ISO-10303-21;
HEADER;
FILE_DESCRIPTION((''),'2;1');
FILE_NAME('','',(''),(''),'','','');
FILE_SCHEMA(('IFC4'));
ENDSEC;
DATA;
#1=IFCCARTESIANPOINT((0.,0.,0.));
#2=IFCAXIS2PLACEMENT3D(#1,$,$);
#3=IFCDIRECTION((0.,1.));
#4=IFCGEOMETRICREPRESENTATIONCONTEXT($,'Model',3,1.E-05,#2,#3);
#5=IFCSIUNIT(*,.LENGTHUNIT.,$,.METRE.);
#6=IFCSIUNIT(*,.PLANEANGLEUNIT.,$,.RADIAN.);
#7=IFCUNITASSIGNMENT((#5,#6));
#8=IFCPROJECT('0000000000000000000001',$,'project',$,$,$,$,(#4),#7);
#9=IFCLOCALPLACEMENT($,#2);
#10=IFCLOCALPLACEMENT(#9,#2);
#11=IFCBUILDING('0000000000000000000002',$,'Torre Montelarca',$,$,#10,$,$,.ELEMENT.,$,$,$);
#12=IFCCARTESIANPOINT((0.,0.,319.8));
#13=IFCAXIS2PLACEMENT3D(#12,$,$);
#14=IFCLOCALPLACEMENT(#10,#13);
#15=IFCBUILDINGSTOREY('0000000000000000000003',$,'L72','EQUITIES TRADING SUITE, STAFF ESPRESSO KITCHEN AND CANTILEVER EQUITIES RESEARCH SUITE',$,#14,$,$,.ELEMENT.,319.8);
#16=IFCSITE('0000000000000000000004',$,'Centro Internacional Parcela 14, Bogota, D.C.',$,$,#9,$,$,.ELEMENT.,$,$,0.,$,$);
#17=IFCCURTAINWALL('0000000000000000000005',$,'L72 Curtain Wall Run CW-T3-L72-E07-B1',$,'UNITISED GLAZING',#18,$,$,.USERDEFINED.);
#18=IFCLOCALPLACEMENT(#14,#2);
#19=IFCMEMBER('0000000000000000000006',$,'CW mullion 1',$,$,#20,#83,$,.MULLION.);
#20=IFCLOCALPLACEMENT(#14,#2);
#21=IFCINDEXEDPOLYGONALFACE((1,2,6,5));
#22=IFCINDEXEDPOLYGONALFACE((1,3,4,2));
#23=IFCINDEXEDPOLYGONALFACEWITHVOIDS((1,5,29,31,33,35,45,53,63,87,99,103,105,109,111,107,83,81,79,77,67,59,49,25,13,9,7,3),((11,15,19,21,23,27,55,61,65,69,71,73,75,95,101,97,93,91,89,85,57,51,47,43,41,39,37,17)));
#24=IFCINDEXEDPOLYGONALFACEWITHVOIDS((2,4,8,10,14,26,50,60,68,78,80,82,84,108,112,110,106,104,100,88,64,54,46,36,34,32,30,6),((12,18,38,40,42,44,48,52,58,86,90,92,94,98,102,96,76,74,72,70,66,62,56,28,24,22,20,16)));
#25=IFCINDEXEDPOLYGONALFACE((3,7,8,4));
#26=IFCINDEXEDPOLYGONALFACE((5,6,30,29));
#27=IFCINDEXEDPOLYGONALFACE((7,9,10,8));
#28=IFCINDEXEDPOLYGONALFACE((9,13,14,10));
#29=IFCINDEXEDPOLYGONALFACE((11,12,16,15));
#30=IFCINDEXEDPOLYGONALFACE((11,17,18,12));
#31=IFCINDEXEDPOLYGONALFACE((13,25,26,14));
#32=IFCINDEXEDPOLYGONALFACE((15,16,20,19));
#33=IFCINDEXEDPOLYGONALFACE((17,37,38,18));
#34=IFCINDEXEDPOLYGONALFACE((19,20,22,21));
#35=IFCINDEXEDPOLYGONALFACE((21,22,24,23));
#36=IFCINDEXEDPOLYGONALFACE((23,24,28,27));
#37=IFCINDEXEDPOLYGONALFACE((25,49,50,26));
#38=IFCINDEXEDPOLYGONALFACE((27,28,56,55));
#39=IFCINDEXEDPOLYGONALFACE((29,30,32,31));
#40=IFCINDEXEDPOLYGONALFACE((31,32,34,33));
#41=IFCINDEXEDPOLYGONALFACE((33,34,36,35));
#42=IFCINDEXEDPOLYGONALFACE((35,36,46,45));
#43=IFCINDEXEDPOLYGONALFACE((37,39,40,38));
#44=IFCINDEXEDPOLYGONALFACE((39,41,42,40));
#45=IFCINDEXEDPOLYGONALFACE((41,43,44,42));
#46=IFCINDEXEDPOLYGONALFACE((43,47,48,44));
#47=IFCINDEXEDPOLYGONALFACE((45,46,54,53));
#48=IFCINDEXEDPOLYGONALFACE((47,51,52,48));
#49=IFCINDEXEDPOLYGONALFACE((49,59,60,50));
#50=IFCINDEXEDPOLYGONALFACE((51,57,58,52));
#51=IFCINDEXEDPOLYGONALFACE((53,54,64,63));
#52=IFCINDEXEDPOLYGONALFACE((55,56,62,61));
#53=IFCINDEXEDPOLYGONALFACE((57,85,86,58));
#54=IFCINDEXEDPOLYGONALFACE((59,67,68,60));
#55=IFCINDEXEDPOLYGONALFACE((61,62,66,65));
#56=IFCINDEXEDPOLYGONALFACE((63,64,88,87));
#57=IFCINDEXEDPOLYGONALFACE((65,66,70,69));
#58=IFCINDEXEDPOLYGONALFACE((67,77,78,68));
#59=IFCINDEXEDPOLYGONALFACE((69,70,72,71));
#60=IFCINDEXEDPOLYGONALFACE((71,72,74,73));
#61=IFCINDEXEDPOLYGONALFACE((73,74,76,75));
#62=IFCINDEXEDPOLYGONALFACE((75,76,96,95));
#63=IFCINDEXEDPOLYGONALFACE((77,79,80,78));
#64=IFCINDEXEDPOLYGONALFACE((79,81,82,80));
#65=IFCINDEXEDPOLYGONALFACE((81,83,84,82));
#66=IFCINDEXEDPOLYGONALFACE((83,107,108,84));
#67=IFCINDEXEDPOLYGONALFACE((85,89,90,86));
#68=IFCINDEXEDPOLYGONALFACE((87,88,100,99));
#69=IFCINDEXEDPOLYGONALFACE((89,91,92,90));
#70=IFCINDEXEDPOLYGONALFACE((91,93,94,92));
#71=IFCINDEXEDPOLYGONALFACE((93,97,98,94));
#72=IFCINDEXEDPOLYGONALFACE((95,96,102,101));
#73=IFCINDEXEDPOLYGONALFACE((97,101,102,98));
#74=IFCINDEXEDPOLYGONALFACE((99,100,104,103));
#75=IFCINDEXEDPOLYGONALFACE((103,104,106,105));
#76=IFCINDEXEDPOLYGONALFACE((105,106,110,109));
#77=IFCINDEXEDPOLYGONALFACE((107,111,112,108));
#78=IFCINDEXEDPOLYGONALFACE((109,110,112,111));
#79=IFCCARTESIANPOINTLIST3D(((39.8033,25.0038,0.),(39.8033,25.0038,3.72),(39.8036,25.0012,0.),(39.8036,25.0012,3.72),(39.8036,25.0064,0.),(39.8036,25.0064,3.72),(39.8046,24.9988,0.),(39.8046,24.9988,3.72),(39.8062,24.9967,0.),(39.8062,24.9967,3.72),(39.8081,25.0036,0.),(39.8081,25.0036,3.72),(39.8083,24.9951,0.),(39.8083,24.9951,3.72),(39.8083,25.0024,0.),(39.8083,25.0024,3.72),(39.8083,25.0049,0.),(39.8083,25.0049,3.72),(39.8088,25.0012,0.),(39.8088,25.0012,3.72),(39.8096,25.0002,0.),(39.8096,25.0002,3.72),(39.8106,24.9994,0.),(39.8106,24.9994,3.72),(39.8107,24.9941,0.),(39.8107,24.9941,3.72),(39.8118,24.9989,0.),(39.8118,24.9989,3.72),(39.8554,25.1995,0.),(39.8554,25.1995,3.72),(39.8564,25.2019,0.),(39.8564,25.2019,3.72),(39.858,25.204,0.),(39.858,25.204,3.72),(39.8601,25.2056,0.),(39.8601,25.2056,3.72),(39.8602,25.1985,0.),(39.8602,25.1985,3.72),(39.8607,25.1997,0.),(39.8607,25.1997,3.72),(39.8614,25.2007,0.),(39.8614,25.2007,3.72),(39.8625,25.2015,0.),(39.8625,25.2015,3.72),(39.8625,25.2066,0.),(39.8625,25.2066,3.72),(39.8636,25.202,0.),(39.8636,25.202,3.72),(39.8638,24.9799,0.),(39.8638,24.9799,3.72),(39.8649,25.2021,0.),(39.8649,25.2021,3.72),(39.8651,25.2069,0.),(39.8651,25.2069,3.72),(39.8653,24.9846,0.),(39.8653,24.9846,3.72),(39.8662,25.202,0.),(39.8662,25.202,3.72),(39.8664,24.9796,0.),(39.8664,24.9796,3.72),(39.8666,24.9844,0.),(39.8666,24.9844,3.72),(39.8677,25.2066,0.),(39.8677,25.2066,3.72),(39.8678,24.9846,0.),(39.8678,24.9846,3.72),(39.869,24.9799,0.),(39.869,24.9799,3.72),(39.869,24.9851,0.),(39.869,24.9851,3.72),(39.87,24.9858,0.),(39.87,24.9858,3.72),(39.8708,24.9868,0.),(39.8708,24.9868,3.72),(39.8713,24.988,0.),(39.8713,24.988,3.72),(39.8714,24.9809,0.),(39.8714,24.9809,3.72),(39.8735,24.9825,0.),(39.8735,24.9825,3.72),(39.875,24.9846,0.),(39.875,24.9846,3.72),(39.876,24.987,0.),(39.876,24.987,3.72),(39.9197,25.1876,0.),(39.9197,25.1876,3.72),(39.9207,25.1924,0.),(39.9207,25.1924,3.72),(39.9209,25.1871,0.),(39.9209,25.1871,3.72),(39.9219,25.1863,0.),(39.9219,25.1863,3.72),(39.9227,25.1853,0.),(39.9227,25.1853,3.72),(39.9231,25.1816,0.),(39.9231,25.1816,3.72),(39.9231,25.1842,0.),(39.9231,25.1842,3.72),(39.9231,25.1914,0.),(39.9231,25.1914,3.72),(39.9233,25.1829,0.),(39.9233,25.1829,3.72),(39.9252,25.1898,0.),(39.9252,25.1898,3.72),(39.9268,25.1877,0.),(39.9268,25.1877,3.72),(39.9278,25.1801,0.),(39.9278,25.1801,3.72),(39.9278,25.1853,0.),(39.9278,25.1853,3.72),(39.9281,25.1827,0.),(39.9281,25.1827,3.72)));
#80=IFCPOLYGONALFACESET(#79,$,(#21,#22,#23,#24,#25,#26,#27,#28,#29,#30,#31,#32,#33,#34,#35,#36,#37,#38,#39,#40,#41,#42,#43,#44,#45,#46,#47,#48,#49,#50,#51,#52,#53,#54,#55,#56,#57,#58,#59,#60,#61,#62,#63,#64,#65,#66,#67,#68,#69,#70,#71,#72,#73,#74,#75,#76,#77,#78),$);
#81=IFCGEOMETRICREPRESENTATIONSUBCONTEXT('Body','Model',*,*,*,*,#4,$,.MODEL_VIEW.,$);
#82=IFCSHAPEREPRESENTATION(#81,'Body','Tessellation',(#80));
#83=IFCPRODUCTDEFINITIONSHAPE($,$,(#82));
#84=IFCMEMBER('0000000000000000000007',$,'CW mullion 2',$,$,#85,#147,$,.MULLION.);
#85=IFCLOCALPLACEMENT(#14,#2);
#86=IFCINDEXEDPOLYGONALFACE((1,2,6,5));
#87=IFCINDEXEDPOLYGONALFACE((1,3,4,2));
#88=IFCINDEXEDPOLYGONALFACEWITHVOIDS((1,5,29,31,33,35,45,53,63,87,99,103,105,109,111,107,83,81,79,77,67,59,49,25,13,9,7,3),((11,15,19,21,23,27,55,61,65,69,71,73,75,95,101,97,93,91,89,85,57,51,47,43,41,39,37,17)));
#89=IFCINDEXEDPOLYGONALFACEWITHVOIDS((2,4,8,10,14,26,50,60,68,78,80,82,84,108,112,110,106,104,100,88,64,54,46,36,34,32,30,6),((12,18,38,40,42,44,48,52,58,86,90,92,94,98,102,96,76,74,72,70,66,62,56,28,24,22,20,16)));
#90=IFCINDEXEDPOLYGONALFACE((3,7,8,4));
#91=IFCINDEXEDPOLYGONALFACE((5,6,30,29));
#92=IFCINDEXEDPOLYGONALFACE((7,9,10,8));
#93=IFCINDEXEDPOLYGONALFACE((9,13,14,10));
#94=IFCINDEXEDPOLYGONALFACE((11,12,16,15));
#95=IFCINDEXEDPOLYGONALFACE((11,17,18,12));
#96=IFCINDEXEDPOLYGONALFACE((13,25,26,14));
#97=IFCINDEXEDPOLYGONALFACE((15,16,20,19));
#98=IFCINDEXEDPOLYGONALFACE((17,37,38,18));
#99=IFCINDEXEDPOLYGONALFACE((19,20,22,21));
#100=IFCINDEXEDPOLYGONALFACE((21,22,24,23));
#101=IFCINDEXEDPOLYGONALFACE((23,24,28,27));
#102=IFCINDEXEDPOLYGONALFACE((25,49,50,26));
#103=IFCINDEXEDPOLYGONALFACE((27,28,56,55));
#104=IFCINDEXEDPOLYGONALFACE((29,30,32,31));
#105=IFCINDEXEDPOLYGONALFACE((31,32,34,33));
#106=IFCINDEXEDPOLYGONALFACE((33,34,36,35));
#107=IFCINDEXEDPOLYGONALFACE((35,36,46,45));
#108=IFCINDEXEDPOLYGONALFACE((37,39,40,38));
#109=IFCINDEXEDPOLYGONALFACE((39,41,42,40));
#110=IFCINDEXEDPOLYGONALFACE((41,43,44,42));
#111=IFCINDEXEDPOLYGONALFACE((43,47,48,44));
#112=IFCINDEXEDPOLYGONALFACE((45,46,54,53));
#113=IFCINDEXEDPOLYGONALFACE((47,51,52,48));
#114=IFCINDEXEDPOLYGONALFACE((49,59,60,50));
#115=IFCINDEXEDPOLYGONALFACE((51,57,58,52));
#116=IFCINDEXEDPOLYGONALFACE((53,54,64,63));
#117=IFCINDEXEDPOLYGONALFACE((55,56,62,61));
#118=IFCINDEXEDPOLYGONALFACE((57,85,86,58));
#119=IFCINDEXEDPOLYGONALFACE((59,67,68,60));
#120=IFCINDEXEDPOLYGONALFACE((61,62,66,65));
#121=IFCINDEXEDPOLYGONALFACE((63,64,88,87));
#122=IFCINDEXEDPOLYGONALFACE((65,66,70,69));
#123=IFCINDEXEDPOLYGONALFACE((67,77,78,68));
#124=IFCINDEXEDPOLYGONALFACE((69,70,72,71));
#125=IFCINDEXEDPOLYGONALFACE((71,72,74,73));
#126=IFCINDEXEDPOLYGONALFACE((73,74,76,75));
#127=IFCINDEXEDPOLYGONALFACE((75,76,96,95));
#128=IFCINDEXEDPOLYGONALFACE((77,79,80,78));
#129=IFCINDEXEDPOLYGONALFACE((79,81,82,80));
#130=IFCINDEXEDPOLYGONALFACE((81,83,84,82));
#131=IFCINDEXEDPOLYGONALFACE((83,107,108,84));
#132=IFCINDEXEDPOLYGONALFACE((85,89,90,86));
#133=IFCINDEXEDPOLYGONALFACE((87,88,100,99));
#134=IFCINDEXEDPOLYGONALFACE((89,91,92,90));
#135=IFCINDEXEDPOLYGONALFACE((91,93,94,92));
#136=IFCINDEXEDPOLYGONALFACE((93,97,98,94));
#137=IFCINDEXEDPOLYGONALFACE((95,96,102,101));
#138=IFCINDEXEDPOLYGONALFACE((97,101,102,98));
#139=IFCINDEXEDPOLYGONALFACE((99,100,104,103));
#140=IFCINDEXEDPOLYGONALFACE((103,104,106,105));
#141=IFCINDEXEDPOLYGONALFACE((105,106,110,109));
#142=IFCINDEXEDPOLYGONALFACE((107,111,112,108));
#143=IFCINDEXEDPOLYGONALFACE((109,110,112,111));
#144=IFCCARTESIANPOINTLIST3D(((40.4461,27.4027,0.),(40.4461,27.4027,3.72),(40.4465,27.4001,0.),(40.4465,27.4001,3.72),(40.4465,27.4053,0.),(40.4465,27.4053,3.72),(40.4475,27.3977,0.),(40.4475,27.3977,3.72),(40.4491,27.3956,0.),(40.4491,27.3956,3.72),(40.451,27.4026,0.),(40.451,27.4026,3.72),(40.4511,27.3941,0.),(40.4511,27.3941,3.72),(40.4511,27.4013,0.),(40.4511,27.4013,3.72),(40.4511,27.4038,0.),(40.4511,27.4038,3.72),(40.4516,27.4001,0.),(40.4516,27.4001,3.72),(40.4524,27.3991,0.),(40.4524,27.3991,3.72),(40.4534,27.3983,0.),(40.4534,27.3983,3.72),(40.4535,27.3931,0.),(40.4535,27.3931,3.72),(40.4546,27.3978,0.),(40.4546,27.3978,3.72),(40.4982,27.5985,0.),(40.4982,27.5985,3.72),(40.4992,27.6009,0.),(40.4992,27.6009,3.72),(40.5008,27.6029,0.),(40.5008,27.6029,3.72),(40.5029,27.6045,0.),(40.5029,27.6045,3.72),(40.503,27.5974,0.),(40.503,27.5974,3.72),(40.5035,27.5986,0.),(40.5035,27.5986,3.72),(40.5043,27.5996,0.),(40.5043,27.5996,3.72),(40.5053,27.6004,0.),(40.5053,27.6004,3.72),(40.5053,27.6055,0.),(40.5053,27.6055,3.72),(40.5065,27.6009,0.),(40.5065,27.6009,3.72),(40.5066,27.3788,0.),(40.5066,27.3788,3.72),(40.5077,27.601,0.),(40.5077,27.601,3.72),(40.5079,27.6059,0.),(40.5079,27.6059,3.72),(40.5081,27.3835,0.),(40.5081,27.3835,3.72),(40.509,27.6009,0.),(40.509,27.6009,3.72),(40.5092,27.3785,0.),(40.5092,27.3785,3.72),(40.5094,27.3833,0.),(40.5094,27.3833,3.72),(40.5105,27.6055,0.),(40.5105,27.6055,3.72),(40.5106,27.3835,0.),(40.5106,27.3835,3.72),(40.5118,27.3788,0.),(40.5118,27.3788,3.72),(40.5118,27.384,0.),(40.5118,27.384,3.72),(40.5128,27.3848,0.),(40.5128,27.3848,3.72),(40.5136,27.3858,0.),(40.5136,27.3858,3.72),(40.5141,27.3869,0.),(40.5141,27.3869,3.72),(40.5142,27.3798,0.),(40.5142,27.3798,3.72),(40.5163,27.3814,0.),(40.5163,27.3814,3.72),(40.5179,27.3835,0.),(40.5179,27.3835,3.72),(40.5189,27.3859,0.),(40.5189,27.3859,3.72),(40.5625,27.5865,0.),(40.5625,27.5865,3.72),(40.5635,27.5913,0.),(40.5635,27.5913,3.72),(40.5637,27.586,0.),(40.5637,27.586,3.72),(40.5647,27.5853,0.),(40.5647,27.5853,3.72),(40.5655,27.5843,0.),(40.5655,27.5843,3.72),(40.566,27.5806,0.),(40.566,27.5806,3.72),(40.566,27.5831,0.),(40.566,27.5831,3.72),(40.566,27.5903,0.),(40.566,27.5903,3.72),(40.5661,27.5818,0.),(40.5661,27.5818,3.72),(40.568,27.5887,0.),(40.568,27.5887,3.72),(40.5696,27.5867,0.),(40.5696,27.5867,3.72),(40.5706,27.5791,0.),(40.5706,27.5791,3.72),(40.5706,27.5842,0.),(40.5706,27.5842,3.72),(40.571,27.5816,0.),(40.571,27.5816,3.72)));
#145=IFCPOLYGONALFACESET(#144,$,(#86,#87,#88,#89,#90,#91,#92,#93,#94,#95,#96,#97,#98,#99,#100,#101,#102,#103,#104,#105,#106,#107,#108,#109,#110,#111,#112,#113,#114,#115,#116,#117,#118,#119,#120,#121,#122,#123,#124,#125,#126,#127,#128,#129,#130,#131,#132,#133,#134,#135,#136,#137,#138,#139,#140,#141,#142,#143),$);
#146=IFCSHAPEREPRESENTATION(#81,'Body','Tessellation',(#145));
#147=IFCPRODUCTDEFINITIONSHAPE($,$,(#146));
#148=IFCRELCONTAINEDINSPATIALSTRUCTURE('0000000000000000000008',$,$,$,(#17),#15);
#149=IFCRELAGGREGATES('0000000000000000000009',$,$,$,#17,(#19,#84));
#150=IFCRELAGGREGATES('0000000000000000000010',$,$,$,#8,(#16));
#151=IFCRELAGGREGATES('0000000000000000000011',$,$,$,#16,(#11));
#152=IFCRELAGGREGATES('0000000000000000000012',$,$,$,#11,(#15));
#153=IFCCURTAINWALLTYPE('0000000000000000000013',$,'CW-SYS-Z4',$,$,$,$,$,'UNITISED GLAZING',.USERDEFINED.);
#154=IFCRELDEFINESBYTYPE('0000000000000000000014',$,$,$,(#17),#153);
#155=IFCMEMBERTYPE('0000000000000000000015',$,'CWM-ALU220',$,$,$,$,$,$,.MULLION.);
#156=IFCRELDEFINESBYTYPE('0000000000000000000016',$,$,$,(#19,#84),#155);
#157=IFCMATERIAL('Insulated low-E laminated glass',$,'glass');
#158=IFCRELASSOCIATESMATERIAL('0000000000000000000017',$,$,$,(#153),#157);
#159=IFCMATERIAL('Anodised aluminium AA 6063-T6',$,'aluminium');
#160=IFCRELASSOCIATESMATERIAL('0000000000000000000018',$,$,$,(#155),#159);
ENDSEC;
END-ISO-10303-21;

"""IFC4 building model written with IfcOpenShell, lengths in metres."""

from ifc_helpers import new_model, si_unit, direction, frame, origin, origin_2d, place, context, subcontext, project, spatial, hollow_rectangle, extrude, source, transform, mapped, material, material_profile, profile_set, type_object, element, aggregate, save


model = new_model("IFC4")

# Units and contexts
model_context = context("Model", 3, precision=1e-05, world=origin(), true_north=direction((0.0, 1.0)))
body_context = subcontext(model_context, "Body", "Model", "MODEL_VIEW")
ifc_project = project(units=[si_unit("LENGTHUNIT", "METRE"), si_unit("PLANEANGLEUNIT", "RADIAN")], contexts=[model_context])

# Site, building, storey
site_placement = place(None, origin())
site = spatial("IfcSite", under=ifc_project, at=site_placement, Name="Centro Internacional Parcela 14, Bogota, D.C.", CompositionType="ELEMENT", RefElevation=0.0)
building_placement = place(site_placement, origin())
building = spatial("IfcBuilding", under=site, at=building_placement, Name="Torre Montelarca", CompositionType="ELEMENT")
storey_placement = place(building_placement, frame((0.0, 0.0, 319.8)))
storey = spatial("IfcBuildingStorey", under=building, at=storey_placement, Name="L72", Description="EQUITIES TRADING SUITE, STAFF ESPRESSO KITCHEN AND CANTILEVER EQUITIES RESEARCH SUITE", CompositionType="ELEMENT", Elevation=319.8)

# Curtain wall, members
ifc_material_1 = material(Name="Insulated low-E laminated glass", Category="glass")
curtain_wall_type = type_object("IfcCurtainWallType", Name="CW-SYS-Z4", ElementType="UNITISED GLAZING", PredefinedType="USERDEFINED", material=ifc_material_1)
ifc_material_2 = material(Name="Anodised aluminium AA 6063-T6", Category="aluminium")
ifc_material_profile_1 = material_profile(ifc_material_2, hollow_rectangle(XDim=0.075, YDim=0.22, WallThickness=0.0049, InnerFilletRadius=0.0049, OuterFilletRadius=0.01, at=origin_2d()), Name="ALU75X220X5", Category="aluminium")
ifc_profile_set_1 = profile_set([ifc_material_profile_1], Name="Anodised aluminium AA 6063-T6")
member_type_1 = type_object("IfcMemberType", Name="CWM-ALU220", PredefinedType="MULLION", material=ifc_profile_set_1)
shared_shape_1 = source(origin(), body_context, "Body", "SweptSolid", [
    extrude(hollow_rectangle(XDim=0.075, YDim=0.22, WallThickness=0.0049, InnerFilletRadius=0.0049, OuterFilletRadius=0.01, at=origin_2d()), origin(), (0.0, 0.0, 1.0), 3.72),
])
curtain_wall_1_placement = place(storey_placement, origin())
curtain_wall_1 = element("IfcCurtainWall", 1, at=curtain_wall_1_placement, inside=storey, type_object=curtain_wall_type, Name="L72 Curtain Wall Run CW-T3-L72-E07-B1", ObjectType="UNITISED GLAZING", PredefinedType="USERDEFINED")
member_1_placement = place(storey_placement, frame((39.8657, 25.0933, 0.0), z_axis=(0.0, 0.0, 1.0), x_axis=(-0.965927, 0.258815, 0.0)))
member_1 = element("IfcMember", 2, at=member_1_placement, type_object=member_type_1, Name="CW mullion 1", PredefinedType="MULLION", context=body_context, shape_type="MappedRepresentation", body=[
    mapped(shared_shape_1, transform((0.0, 0.0, 0.0), scale=1.0)),
])
member_2_placement = place(storey_placement, frame((40.5085, 27.4922, 0.0), z_axis=(0.0, 0.0, 1.0), x_axis=(-0.965927, 0.258815, 0.0)))
member_2 = element("IfcMember", 3, at=member_2_placement, type_object=member_type_1, Name="CW mullion 2", PredefinedType="MULLION", context=body_context, shape_type="MappedRepresentation", body=[
    mapped(shared_shape_1, transform((0.0, 0.0, 0.0), scale=1.0)),
])

aggregate(curtain_wall_1, [member_1, member_2])

save(model, "model.ifc")
